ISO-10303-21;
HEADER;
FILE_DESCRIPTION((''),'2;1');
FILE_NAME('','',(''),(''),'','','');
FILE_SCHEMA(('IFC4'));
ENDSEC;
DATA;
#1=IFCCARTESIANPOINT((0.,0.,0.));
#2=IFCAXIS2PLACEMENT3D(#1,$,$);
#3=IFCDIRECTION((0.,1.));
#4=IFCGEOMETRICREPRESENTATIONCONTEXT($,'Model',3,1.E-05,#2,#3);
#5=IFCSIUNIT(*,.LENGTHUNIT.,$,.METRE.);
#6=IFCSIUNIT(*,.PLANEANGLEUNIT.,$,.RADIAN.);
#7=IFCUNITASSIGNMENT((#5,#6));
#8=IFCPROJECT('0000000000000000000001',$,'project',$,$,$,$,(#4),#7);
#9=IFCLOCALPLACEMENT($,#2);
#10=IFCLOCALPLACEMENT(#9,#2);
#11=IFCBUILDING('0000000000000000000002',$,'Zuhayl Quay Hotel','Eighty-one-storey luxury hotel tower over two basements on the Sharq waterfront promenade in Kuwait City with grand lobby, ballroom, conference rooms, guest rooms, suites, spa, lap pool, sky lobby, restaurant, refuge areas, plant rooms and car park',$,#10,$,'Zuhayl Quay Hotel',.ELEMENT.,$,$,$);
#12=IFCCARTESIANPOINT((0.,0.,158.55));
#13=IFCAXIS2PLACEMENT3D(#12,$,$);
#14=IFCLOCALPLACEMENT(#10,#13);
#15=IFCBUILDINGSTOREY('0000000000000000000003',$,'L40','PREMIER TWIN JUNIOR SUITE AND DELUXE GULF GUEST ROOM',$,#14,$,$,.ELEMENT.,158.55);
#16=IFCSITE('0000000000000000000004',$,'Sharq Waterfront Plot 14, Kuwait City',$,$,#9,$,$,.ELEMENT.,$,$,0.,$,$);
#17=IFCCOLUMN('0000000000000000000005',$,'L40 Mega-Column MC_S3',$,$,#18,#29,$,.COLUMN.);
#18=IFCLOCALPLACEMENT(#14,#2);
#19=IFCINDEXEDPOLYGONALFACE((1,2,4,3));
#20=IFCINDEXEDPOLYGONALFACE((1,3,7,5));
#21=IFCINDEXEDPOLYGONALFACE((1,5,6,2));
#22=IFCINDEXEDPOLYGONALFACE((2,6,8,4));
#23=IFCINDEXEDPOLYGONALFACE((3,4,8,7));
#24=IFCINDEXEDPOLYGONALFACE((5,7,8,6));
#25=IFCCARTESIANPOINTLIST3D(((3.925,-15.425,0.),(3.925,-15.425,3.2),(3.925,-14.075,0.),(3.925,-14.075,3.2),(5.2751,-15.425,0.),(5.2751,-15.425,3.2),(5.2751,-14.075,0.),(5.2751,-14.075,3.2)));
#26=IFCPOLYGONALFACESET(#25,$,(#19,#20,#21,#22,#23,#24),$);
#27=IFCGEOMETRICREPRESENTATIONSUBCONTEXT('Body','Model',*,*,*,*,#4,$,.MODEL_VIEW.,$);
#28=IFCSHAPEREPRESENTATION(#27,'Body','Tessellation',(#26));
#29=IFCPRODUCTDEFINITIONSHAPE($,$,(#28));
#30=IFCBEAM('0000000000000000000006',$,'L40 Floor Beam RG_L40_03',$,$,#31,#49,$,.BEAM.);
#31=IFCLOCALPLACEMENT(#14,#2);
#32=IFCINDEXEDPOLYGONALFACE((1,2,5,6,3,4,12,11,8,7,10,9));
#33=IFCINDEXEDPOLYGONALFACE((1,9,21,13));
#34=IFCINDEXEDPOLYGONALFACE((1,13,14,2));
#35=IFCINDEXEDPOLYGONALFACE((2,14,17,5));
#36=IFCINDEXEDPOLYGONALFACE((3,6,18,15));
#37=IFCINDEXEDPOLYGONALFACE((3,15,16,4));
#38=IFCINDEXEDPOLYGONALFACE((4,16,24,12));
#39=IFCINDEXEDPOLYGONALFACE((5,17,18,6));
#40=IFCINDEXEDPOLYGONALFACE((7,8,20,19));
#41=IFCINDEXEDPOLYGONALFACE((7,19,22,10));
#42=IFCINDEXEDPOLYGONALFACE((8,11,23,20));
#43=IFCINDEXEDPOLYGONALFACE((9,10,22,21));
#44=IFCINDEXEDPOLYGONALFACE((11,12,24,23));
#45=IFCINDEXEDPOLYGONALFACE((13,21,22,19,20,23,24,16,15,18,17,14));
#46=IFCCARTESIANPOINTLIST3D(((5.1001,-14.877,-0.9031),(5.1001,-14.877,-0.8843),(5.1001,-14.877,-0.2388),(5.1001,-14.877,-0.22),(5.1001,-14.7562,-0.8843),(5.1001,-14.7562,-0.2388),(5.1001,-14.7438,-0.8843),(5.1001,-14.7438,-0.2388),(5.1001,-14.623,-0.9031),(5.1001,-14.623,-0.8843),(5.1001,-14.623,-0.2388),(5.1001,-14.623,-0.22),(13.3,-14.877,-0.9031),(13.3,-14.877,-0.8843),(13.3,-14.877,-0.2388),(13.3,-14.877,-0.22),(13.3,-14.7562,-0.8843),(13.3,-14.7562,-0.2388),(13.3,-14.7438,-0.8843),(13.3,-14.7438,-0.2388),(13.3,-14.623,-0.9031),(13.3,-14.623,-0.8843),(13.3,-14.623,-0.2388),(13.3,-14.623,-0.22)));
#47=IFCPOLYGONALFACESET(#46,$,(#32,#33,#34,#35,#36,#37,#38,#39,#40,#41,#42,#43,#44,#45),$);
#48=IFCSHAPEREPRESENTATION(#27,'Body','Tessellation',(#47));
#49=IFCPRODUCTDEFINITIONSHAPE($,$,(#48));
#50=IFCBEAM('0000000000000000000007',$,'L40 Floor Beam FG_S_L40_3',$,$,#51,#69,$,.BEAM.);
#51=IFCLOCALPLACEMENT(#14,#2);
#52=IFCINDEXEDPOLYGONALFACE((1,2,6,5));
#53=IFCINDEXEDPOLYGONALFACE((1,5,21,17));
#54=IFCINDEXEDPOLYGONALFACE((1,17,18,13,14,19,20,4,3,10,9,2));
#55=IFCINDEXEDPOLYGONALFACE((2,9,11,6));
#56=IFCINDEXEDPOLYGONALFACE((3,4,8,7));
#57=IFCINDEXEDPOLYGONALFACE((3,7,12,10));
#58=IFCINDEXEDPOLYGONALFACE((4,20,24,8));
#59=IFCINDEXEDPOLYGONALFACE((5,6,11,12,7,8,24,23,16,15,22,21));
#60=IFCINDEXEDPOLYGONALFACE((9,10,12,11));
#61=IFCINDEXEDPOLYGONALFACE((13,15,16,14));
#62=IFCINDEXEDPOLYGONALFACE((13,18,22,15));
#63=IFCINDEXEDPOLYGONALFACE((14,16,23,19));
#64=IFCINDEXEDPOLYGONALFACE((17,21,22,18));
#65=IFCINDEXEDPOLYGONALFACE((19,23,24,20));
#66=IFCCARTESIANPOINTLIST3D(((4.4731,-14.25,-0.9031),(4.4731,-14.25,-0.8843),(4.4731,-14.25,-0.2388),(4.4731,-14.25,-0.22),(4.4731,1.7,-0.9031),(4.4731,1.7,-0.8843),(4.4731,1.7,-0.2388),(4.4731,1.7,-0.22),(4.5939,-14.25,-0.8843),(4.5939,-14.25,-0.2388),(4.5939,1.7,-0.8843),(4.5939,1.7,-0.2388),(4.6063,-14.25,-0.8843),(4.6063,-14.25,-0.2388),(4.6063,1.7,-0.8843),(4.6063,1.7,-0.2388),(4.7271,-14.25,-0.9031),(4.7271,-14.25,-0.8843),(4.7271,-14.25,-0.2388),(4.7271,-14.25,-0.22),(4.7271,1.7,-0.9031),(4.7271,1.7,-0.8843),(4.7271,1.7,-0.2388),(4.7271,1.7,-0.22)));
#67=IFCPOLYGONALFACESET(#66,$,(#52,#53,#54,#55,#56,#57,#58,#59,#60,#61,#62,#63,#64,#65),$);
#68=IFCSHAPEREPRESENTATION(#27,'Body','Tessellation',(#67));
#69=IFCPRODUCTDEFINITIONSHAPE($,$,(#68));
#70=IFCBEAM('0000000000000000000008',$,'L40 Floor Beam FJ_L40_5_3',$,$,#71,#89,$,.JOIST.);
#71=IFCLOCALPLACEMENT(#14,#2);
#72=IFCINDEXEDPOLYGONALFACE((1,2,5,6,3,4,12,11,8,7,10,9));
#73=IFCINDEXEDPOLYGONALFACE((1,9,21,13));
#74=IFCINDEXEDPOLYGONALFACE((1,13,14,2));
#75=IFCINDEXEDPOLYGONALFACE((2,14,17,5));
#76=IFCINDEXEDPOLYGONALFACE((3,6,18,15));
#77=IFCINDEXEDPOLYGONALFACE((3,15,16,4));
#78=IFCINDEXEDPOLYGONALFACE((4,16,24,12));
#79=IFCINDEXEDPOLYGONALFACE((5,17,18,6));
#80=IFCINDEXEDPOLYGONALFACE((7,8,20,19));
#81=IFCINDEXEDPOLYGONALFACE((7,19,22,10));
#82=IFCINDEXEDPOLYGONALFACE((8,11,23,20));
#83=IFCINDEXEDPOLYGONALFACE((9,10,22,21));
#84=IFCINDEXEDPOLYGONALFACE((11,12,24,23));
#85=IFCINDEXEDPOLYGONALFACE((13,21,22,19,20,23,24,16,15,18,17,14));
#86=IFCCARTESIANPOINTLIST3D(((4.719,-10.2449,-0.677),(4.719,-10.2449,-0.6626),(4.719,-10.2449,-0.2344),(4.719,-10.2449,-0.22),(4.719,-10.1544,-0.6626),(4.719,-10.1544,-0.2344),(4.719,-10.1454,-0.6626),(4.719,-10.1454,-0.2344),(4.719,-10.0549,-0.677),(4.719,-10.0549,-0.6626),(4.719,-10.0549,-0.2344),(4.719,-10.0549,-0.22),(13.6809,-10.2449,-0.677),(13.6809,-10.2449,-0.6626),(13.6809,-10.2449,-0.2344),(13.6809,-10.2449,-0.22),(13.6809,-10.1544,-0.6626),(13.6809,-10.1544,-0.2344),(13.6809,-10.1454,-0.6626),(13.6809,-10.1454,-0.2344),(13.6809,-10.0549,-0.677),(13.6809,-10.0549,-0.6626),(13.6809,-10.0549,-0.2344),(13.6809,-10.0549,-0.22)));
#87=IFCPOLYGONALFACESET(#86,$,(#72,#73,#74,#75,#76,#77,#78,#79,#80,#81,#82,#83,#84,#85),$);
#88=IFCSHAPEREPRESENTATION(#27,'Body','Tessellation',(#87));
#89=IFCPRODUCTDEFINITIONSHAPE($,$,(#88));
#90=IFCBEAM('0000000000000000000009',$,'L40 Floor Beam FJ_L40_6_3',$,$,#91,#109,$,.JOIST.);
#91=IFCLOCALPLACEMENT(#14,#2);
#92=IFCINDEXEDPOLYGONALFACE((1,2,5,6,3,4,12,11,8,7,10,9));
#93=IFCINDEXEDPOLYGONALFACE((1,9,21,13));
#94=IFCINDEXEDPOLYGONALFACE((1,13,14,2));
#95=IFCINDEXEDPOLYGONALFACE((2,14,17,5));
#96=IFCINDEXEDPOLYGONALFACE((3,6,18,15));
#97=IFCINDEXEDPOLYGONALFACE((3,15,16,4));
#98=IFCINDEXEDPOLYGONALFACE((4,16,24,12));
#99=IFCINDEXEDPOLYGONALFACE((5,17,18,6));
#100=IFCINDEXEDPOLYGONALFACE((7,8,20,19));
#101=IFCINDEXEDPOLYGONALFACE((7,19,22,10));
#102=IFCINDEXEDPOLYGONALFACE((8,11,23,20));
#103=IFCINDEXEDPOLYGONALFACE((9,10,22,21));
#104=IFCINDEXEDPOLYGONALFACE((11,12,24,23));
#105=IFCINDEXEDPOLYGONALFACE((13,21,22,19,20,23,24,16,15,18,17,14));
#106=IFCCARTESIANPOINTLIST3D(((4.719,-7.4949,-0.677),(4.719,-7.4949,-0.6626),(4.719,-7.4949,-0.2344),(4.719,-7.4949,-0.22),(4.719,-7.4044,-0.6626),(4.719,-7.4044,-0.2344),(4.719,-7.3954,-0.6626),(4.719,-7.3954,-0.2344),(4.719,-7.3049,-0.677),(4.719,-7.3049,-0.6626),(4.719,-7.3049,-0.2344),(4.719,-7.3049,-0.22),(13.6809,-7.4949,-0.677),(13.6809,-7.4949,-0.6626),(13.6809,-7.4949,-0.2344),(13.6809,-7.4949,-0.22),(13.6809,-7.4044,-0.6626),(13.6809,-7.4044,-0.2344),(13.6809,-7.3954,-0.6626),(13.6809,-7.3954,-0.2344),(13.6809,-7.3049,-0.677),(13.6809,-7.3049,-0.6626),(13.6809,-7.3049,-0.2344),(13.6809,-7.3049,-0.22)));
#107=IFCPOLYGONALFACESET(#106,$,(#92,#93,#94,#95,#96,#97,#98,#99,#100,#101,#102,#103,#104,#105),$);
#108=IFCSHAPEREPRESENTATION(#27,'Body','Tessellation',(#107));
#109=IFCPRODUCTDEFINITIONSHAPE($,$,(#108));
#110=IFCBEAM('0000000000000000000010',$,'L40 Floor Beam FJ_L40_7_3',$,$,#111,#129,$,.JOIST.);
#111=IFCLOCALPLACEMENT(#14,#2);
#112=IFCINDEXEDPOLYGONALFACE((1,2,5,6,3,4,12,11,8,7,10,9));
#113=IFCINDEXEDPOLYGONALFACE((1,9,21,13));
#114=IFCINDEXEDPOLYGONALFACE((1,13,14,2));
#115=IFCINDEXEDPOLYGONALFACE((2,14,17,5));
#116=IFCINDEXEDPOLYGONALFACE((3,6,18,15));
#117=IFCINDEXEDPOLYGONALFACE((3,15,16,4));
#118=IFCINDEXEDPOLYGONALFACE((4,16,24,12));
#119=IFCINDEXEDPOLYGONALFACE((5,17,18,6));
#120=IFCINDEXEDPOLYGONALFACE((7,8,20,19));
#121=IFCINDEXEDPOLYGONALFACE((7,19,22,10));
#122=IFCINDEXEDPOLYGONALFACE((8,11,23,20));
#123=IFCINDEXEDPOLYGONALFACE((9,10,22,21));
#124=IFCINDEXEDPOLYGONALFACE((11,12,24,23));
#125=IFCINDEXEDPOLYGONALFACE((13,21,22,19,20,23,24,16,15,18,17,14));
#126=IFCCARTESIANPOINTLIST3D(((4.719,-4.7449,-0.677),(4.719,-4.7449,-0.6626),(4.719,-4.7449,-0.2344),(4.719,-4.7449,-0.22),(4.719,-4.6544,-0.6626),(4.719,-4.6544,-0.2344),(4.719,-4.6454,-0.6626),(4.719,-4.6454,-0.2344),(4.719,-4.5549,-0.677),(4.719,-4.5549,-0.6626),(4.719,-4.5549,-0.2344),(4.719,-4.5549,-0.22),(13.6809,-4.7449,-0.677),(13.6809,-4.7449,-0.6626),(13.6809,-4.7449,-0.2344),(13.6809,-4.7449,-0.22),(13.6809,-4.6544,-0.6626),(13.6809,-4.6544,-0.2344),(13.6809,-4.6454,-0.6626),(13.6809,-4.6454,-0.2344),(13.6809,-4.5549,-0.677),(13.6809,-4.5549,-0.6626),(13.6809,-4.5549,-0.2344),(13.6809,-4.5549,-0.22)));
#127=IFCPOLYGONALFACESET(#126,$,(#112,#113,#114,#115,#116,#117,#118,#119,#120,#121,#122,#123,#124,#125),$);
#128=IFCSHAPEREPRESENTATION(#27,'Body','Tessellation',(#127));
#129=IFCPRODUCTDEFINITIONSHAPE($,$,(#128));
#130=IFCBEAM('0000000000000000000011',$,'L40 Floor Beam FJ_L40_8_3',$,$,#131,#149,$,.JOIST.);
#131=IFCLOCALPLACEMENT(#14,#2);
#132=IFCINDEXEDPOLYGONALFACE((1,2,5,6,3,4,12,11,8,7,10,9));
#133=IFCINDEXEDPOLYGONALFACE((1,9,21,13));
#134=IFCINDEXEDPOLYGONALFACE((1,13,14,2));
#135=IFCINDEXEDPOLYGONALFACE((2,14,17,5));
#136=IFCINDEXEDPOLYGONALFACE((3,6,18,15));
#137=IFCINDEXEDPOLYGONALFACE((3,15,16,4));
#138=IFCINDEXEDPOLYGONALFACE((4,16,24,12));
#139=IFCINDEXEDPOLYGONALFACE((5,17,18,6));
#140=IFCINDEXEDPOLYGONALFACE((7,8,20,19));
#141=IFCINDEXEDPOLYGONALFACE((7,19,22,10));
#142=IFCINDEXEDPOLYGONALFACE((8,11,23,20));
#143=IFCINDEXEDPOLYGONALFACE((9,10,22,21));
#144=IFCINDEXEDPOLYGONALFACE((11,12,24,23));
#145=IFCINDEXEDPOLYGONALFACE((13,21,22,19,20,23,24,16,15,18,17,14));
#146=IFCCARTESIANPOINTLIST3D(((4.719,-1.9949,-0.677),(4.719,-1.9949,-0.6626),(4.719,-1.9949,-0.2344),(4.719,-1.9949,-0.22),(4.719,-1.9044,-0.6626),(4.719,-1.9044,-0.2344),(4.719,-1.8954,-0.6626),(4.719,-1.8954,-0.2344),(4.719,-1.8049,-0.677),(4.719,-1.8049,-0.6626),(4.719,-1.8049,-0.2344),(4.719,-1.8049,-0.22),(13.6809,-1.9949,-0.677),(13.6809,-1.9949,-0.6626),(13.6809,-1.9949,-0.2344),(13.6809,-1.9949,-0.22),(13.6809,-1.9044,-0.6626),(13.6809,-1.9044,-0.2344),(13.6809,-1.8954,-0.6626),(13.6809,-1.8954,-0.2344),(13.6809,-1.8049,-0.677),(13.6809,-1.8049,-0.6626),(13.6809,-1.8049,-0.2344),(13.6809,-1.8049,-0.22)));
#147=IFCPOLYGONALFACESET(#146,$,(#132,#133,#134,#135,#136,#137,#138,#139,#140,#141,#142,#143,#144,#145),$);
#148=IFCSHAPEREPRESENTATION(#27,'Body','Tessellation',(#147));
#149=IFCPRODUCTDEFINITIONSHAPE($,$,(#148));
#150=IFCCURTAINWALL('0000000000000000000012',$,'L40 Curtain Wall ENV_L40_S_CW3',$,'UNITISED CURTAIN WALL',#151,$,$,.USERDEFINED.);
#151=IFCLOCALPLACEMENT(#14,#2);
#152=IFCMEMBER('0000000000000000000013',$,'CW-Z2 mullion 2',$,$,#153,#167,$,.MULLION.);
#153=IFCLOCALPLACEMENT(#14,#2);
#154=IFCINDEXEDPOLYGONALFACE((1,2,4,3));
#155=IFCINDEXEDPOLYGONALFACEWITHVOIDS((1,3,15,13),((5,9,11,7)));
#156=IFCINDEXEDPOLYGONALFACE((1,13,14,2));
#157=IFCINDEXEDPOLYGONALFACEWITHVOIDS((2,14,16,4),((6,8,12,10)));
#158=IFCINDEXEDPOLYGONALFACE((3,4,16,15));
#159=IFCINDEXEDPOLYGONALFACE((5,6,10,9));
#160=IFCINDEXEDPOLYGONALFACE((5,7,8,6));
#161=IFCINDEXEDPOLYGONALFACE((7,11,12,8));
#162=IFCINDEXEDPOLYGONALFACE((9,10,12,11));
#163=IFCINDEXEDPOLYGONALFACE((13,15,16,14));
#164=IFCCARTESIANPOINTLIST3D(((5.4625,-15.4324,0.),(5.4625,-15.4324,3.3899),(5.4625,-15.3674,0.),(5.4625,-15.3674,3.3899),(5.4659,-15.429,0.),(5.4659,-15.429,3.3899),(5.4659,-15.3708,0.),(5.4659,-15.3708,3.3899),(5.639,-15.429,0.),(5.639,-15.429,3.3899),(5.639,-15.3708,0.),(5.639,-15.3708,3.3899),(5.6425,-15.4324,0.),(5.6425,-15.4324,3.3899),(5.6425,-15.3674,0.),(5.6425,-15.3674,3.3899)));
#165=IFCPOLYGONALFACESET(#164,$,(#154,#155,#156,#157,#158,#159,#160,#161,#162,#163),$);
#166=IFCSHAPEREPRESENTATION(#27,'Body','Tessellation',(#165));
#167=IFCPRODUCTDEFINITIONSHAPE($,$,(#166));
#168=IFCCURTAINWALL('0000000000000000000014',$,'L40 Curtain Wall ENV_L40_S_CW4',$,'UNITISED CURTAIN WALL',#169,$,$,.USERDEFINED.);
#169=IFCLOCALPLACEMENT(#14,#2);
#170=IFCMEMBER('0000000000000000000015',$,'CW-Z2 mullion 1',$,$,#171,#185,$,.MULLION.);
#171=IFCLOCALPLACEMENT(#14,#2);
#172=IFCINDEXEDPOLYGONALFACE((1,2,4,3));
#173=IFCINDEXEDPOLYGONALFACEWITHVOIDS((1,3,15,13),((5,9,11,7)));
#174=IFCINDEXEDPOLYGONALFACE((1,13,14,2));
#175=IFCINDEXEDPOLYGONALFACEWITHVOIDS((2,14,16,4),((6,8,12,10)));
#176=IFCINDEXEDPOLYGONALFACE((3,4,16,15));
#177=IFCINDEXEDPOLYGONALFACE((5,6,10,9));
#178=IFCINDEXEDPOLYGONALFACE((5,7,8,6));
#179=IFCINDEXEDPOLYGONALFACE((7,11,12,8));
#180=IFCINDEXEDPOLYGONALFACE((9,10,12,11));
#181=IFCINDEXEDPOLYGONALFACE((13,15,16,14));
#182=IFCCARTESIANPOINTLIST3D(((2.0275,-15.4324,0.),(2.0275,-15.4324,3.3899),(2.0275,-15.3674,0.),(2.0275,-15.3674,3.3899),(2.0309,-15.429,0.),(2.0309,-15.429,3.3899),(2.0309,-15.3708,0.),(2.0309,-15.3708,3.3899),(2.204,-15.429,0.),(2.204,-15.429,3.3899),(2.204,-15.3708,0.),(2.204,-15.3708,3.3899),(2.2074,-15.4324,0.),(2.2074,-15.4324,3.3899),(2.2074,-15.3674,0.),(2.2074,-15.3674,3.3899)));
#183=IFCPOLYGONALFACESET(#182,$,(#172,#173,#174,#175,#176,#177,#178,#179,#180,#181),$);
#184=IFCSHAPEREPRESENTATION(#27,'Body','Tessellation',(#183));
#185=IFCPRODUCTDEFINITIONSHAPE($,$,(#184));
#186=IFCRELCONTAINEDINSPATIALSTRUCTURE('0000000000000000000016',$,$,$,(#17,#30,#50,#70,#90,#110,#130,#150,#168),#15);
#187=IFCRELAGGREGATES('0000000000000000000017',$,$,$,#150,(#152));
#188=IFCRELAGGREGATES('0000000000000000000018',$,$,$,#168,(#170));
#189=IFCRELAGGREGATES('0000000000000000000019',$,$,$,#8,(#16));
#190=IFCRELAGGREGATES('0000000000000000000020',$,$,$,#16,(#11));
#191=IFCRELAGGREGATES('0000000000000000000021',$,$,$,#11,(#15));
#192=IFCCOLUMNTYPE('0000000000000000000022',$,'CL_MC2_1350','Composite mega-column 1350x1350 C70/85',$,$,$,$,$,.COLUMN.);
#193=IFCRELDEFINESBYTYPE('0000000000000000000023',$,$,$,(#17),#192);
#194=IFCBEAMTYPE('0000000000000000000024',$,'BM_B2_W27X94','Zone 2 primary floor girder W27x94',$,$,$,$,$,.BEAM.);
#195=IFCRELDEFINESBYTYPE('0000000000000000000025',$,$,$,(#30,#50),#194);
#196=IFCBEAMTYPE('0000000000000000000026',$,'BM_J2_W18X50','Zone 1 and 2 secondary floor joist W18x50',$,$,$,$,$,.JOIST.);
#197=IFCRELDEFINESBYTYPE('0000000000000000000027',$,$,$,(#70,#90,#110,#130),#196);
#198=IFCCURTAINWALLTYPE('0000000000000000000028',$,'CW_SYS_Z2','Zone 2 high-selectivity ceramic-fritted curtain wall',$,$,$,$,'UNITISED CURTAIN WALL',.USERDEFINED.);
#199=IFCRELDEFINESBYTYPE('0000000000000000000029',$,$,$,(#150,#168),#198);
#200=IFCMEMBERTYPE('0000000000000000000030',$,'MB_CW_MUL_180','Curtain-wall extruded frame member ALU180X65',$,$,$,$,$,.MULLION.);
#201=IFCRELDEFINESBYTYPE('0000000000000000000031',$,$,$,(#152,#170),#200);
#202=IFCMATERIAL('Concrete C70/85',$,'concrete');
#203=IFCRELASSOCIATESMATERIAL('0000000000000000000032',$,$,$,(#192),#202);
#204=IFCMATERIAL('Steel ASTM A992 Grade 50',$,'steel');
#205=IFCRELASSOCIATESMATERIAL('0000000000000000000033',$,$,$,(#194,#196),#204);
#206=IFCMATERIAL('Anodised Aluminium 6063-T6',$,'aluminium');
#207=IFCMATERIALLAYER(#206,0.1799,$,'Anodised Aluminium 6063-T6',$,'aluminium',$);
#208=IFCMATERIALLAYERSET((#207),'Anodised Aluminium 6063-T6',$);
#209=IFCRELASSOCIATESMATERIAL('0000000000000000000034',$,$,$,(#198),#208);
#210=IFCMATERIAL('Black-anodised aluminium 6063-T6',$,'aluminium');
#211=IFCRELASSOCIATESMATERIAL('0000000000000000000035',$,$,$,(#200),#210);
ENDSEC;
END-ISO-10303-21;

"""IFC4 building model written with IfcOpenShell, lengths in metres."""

from ifc_helpers import new_model, si_unit, direction, frame, origin, origin_2d, place, context, subcontext, project, spatial, rectangle, hollow_rectangle, i_section, extrude, material, layer, layer_set, material_profile, profile_set, type_object, element, aggregate, save


model = new_model("IFC4")

# Units and contexts
model_context = context("Model", 3, precision=1e-05, world=origin(), true_north=direction((0.0, 1.0)))
body_context = subcontext(model_context, "Body", "Model", "MODEL_VIEW")
ifc_project = project(units=[si_unit("LENGTHUNIT", "METRE"), si_unit("PLANEANGLEUNIT", "RADIAN")], contexts=[model_context])

# Site, building, storey
site_placement = place(None, origin())
site = spatial("IfcSite", under=ifc_project, at=site_placement, Name="Sharq Waterfront Plot 14, Kuwait City", CompositionType="ELEMENT", RefElevation=0.0)
building_placement = place(site_placement, origin())
building = spatial("IfcBuilding", under=site, at=building_placement, Name="Zuhayl Quay Hotel", Description="Eighty-one-storey luxury hotel tower over two basements on the Sharq waterfront promenade in Kuwait City with grand lobby, ballroom, conference rooms, guest rooms, suites, spa, lap pool, sky lobby, restaurant, refuge areas, plant rooms and car park", LongName="Zuhayl Quay Hotel", CompositionType="ELEMENT")
storey_placement = place(building_placement, frame((0.0, 0.0, 158.55)))
storey = spatial("IfcBuildingStorey", under=building, at=storey_placement, Name="L40", Description="PREMIER TWIN JUNIOR SUITE AND DELUXE GULF GUEST ROOM", CompositionType="ELEMENT", Elevation=158.55)

# Column
ifc_material_1 = material(Name="Concrete C70/85", Category="concrete")
ifc_material_profile_1 = material_profile(ifc_material_1, rectangle(XDim=1.3501, YDim=1.3501, at=origin_2d()), Name="RC1350X1350")
ifc_profile_set_1 = profile_set([ifc_material_profile_1], Name="Concrete C70/85")
column_type = type_object("IfcColumnType", Name="CL_MC2_1350", Description="Composite mega-column 1350x1350 C70/85", PredefinedType="COLUMN", material=ifc_profile_set_1)
column_placement = place(storey_placement, frame((4.6001, -14.75, 0.0), z_axis=(0.0, 0.0, 1.0), x_axis=(1.0, 0.0, 0.0)))
element("IfcColumn", 1, at=column_placement, inside=storey, type_object=column_type, Name="L40 Mega-Column MC_S3", PredefinedType="COLUMN", context=body_context, shape_type="SweptSolid", body=[
    extrude(rectangle(XDim=1.3501, YDim=1.3501, at=origin_2d()), origin(), (0.0, 0.0, 1.0), 3.2),
])

# Beams
ifc_material_2 = material(Name="Steel ASTM A992 Grade 50", Category="steel")
ifc_material_profile_2 = material_profile(ifc_material_2, i_section(OverallWidth=0.2539, OverallDepth=0.6831, WebThickness=0.0125, FlangeThickness=0.0188, at=origin_2d()), Name="W27X94")
ifc_profile_set_2 = profile_set([ifc_material_profile_2], Name="Steel ASTM A992 Grade 50")
beam_type_1 = type_object("IfcBeamType", Name="BM_B2_W27X94", Description="Zone 2 primary floor girder W27x94", PredefinedType="BEAM", material=ifc_profile_set_2)
beam_1_placement = place(storey_placement, frame((5.1001, -14.75, -0.5615), z_axis=(1.0, 0.0, 0.0), x_axis=(0.0, 1.0, 0.0)))
element("IfcBeam", 2, at=beam_1_placement, inside=storey, type_object=beam_type_1, Name="L40 Floor Beam RG_L40_03", PredefinedType="BEAM", context=body_context, shape_type="SweptSolid", body=[
    extrude(i_section(OverallWidth=0.2539, OverallDepth=0.6831, WebThickness=0.0125, FlangeThickness=0.0188, at=origin_2d()), origin(), (0.0, 0.0, 1.0), 8.2),
])
beam_2_placement = place(storey_placement, frame((4.6001, -14.25, -0.5615), z_axis=(0.0, 1.0, 0.0), x_axis=(-1.0, 0.0, 0.0)))
element("IfcBeam", 3, at=beam_2_placement, inside=storey, type_object=beam_type_1, Name="L40 Floor Beam FG_S_L40_3", PredefinedType="BEAM", context=body_context, shape_type="SweptSolid", body=[
    extrude(i_section(OverallWidth=0.2539, OverallDepth=0.6831, WebThickness=0.0125, FlangeThickness=0.0188, at=origin_2d()), origin(), (0.0, 0.0, 1.0), 15.95),
])
ifc_material_profile_3 = material_profile(ifc_material_2, i_section(OverallWidth=0.1899, OverallDepth=0.457, WebThickness=0.009, FlangeThickness=0.0144, at=origin_2d()), Name="W18X50")
ifc_profile_set_3 = profile_set([ifc_material_profile_3], Name="Steel ASTM A992 Grade 50")
beam_type_2 = type_object("IfcBeamType", Name="BM_J2_W18X50", Description="Zone 1 and 2 secondary floor joist W18x50", PredefinedType="JOIST", material=ifc_profile_set_3)
for number, where, z_axis, x_axis, name in (
    (4, (4.719, -10.1499, -0.4485), (1.0, 0.0, 0.0), (0.0, 1.0, 0.0), "L40 Floor Beam FJ_L40_5_3"),
    (5, (4.719, -7.3999, -0.4485), (1.0, 0.0, 0.0), (0.0, 1.0, 0.0), "L40 Floor Beam FJ_L40_6_3"),
    (6, (4.719, -4.6499, -0.4485), (1.0, 0.0, 0.0), (0.0, 1.0, 0.0), "L40 Floor Beam FJ_L40_7_3"),
    (7, (4.719, -1.8999, -0.4485), (1.0, 0.0, 0.0), (0.0, 1.0, 0.0), "L40 Floor Beam FJ_L40_8_3"),
):
    element("IfcBeam", number, at=place(storey_placement, frame(where, z_axis=z_axis, x_axis=x_axis)), inside=storey, type_object=beam_type_2, Name=name, PredefinedType="JOIST", context=body_context, shape_type="SweptSolid", body=[
        extrude(i_section(OverallWidth=0.1899, OverallDepth=0.457, WebThickness=0.009, FlangeThickness=0.0144, at=origin_2d()), origin(), (0.0, 0.0, 1.0), 8.9619),
    ])

# Curtain walls, members
ifc_material_3 = material(Name="Anodised Aluminium 6063-T6", Category="aluminium")
ifc_layer_1 = layer(ifc_material_3, 0.1799, Name="Anodised Aluminium 6063-T6", Category="aluminium")
ifc_layer_set_1 = layer_set([ifc_layer_1], Name="Anodised Aluminium 6063-T6")
curtain_wall_type = type_object("IfcCurtainWallType", Name="CW_SYS_Z2", Description="Zone 2 high-selectivity ceramic-fritted curtain wall", ElementType="UNITISED CURTAIN WALL", PredefinedType="USERDEFINED", material=ifc_layer_set_1)
curtain_wall_1_placement = place(storey_placement, origin())
curtain_wall_1 = element("IfcCurtainWall", 8, at=curtain_wall_1_placement, inside=storey, type_object=curtain_wall_type, Name="L40 Curtain Wall ENV_L40_S_CW3", ObjectType="UNITISED CURTAIN WALL", PredefinedType="USERDEFINED")
ifc_material_4 = material(Name="Black-anodised aluminium 6063-T6", Category="aluminium")
ifc_material_profile_4 = material_profile(ifc_material_4, hollow_rectangle(XDim=0.0649, YDim=0.1799, WallThickness=0.0034, at=origin_2d()), Name="ALU180X65")
ifc_profile_set_4 = profile_set([ifc_material_profile_4], Name="Black-anodised aluminium 6063-T6")
member_type_1 = type_object("IfcMemberType", Name="MB_CW_MUL_180", Description="Curtain-wall extruded frame member ALU180X65", PredefinedType="MULLION", material=ifc_profile_set_4)
member_1_placement = place(storey_placement, frame((5.5525, -15.3999, 0.0), z_axis=(0.0, 0.0, 1.0), x_axis=(0.0, -1.0, 0.0)))
member_1 = element("IfcMember", 9, at=member_1_placement, type_object=member_type_1, Name="CW-Z2 mullion 2", PredefinedType="MULLION", context=body_context, shape_type="SweptSolid", body=[
    extrude(hollow_rectangle(XDim=0.0649, YDim=0.1799, WallThickness=0.0034, at=origin_2d()), origin(), (0.0, 0.0, 1.0), 3.3899),
])
curtain_wall_2_placement = place(storey_placement, origin())
curtain_wall_2 = element("IfcCurtainWall", 10, at=curtain_wall_2_placement, inside=storey, type_object=curtain_wall_type, Name="L40 Curtain Wall ENV_L40_S_CW4", ObjectType="UNITISED CURTAIN WALL", PredefinedType="USERDEFINED")
member_2_placement = place(storey_placement, frame((2.1174, -15.3999, 0.0), z_axis=(0.0, 0.0, 1.0), x_axis=(0.0, -1.0, 0.0)))
member_2 = element("IfcMember", 11, at=member_2_placement, type_object=member_type_1, Name="CW-Z2 mullion 1", PredefinedType="MULLION", context=body_context, shape_type="SweptSolid", body=[
    extrude(hollow_rectangle(XDim=0.0649, YDim=0.1799, WallThickness=0.0034, at=origin_2d()), origin(), (0.0, 0.0, 1.0), 3.3899),
])

aggregate(curtain_wall_1, [member_1])
aggregate(curtain_wall_2, [member_2])

save(model, "model.ifc")
